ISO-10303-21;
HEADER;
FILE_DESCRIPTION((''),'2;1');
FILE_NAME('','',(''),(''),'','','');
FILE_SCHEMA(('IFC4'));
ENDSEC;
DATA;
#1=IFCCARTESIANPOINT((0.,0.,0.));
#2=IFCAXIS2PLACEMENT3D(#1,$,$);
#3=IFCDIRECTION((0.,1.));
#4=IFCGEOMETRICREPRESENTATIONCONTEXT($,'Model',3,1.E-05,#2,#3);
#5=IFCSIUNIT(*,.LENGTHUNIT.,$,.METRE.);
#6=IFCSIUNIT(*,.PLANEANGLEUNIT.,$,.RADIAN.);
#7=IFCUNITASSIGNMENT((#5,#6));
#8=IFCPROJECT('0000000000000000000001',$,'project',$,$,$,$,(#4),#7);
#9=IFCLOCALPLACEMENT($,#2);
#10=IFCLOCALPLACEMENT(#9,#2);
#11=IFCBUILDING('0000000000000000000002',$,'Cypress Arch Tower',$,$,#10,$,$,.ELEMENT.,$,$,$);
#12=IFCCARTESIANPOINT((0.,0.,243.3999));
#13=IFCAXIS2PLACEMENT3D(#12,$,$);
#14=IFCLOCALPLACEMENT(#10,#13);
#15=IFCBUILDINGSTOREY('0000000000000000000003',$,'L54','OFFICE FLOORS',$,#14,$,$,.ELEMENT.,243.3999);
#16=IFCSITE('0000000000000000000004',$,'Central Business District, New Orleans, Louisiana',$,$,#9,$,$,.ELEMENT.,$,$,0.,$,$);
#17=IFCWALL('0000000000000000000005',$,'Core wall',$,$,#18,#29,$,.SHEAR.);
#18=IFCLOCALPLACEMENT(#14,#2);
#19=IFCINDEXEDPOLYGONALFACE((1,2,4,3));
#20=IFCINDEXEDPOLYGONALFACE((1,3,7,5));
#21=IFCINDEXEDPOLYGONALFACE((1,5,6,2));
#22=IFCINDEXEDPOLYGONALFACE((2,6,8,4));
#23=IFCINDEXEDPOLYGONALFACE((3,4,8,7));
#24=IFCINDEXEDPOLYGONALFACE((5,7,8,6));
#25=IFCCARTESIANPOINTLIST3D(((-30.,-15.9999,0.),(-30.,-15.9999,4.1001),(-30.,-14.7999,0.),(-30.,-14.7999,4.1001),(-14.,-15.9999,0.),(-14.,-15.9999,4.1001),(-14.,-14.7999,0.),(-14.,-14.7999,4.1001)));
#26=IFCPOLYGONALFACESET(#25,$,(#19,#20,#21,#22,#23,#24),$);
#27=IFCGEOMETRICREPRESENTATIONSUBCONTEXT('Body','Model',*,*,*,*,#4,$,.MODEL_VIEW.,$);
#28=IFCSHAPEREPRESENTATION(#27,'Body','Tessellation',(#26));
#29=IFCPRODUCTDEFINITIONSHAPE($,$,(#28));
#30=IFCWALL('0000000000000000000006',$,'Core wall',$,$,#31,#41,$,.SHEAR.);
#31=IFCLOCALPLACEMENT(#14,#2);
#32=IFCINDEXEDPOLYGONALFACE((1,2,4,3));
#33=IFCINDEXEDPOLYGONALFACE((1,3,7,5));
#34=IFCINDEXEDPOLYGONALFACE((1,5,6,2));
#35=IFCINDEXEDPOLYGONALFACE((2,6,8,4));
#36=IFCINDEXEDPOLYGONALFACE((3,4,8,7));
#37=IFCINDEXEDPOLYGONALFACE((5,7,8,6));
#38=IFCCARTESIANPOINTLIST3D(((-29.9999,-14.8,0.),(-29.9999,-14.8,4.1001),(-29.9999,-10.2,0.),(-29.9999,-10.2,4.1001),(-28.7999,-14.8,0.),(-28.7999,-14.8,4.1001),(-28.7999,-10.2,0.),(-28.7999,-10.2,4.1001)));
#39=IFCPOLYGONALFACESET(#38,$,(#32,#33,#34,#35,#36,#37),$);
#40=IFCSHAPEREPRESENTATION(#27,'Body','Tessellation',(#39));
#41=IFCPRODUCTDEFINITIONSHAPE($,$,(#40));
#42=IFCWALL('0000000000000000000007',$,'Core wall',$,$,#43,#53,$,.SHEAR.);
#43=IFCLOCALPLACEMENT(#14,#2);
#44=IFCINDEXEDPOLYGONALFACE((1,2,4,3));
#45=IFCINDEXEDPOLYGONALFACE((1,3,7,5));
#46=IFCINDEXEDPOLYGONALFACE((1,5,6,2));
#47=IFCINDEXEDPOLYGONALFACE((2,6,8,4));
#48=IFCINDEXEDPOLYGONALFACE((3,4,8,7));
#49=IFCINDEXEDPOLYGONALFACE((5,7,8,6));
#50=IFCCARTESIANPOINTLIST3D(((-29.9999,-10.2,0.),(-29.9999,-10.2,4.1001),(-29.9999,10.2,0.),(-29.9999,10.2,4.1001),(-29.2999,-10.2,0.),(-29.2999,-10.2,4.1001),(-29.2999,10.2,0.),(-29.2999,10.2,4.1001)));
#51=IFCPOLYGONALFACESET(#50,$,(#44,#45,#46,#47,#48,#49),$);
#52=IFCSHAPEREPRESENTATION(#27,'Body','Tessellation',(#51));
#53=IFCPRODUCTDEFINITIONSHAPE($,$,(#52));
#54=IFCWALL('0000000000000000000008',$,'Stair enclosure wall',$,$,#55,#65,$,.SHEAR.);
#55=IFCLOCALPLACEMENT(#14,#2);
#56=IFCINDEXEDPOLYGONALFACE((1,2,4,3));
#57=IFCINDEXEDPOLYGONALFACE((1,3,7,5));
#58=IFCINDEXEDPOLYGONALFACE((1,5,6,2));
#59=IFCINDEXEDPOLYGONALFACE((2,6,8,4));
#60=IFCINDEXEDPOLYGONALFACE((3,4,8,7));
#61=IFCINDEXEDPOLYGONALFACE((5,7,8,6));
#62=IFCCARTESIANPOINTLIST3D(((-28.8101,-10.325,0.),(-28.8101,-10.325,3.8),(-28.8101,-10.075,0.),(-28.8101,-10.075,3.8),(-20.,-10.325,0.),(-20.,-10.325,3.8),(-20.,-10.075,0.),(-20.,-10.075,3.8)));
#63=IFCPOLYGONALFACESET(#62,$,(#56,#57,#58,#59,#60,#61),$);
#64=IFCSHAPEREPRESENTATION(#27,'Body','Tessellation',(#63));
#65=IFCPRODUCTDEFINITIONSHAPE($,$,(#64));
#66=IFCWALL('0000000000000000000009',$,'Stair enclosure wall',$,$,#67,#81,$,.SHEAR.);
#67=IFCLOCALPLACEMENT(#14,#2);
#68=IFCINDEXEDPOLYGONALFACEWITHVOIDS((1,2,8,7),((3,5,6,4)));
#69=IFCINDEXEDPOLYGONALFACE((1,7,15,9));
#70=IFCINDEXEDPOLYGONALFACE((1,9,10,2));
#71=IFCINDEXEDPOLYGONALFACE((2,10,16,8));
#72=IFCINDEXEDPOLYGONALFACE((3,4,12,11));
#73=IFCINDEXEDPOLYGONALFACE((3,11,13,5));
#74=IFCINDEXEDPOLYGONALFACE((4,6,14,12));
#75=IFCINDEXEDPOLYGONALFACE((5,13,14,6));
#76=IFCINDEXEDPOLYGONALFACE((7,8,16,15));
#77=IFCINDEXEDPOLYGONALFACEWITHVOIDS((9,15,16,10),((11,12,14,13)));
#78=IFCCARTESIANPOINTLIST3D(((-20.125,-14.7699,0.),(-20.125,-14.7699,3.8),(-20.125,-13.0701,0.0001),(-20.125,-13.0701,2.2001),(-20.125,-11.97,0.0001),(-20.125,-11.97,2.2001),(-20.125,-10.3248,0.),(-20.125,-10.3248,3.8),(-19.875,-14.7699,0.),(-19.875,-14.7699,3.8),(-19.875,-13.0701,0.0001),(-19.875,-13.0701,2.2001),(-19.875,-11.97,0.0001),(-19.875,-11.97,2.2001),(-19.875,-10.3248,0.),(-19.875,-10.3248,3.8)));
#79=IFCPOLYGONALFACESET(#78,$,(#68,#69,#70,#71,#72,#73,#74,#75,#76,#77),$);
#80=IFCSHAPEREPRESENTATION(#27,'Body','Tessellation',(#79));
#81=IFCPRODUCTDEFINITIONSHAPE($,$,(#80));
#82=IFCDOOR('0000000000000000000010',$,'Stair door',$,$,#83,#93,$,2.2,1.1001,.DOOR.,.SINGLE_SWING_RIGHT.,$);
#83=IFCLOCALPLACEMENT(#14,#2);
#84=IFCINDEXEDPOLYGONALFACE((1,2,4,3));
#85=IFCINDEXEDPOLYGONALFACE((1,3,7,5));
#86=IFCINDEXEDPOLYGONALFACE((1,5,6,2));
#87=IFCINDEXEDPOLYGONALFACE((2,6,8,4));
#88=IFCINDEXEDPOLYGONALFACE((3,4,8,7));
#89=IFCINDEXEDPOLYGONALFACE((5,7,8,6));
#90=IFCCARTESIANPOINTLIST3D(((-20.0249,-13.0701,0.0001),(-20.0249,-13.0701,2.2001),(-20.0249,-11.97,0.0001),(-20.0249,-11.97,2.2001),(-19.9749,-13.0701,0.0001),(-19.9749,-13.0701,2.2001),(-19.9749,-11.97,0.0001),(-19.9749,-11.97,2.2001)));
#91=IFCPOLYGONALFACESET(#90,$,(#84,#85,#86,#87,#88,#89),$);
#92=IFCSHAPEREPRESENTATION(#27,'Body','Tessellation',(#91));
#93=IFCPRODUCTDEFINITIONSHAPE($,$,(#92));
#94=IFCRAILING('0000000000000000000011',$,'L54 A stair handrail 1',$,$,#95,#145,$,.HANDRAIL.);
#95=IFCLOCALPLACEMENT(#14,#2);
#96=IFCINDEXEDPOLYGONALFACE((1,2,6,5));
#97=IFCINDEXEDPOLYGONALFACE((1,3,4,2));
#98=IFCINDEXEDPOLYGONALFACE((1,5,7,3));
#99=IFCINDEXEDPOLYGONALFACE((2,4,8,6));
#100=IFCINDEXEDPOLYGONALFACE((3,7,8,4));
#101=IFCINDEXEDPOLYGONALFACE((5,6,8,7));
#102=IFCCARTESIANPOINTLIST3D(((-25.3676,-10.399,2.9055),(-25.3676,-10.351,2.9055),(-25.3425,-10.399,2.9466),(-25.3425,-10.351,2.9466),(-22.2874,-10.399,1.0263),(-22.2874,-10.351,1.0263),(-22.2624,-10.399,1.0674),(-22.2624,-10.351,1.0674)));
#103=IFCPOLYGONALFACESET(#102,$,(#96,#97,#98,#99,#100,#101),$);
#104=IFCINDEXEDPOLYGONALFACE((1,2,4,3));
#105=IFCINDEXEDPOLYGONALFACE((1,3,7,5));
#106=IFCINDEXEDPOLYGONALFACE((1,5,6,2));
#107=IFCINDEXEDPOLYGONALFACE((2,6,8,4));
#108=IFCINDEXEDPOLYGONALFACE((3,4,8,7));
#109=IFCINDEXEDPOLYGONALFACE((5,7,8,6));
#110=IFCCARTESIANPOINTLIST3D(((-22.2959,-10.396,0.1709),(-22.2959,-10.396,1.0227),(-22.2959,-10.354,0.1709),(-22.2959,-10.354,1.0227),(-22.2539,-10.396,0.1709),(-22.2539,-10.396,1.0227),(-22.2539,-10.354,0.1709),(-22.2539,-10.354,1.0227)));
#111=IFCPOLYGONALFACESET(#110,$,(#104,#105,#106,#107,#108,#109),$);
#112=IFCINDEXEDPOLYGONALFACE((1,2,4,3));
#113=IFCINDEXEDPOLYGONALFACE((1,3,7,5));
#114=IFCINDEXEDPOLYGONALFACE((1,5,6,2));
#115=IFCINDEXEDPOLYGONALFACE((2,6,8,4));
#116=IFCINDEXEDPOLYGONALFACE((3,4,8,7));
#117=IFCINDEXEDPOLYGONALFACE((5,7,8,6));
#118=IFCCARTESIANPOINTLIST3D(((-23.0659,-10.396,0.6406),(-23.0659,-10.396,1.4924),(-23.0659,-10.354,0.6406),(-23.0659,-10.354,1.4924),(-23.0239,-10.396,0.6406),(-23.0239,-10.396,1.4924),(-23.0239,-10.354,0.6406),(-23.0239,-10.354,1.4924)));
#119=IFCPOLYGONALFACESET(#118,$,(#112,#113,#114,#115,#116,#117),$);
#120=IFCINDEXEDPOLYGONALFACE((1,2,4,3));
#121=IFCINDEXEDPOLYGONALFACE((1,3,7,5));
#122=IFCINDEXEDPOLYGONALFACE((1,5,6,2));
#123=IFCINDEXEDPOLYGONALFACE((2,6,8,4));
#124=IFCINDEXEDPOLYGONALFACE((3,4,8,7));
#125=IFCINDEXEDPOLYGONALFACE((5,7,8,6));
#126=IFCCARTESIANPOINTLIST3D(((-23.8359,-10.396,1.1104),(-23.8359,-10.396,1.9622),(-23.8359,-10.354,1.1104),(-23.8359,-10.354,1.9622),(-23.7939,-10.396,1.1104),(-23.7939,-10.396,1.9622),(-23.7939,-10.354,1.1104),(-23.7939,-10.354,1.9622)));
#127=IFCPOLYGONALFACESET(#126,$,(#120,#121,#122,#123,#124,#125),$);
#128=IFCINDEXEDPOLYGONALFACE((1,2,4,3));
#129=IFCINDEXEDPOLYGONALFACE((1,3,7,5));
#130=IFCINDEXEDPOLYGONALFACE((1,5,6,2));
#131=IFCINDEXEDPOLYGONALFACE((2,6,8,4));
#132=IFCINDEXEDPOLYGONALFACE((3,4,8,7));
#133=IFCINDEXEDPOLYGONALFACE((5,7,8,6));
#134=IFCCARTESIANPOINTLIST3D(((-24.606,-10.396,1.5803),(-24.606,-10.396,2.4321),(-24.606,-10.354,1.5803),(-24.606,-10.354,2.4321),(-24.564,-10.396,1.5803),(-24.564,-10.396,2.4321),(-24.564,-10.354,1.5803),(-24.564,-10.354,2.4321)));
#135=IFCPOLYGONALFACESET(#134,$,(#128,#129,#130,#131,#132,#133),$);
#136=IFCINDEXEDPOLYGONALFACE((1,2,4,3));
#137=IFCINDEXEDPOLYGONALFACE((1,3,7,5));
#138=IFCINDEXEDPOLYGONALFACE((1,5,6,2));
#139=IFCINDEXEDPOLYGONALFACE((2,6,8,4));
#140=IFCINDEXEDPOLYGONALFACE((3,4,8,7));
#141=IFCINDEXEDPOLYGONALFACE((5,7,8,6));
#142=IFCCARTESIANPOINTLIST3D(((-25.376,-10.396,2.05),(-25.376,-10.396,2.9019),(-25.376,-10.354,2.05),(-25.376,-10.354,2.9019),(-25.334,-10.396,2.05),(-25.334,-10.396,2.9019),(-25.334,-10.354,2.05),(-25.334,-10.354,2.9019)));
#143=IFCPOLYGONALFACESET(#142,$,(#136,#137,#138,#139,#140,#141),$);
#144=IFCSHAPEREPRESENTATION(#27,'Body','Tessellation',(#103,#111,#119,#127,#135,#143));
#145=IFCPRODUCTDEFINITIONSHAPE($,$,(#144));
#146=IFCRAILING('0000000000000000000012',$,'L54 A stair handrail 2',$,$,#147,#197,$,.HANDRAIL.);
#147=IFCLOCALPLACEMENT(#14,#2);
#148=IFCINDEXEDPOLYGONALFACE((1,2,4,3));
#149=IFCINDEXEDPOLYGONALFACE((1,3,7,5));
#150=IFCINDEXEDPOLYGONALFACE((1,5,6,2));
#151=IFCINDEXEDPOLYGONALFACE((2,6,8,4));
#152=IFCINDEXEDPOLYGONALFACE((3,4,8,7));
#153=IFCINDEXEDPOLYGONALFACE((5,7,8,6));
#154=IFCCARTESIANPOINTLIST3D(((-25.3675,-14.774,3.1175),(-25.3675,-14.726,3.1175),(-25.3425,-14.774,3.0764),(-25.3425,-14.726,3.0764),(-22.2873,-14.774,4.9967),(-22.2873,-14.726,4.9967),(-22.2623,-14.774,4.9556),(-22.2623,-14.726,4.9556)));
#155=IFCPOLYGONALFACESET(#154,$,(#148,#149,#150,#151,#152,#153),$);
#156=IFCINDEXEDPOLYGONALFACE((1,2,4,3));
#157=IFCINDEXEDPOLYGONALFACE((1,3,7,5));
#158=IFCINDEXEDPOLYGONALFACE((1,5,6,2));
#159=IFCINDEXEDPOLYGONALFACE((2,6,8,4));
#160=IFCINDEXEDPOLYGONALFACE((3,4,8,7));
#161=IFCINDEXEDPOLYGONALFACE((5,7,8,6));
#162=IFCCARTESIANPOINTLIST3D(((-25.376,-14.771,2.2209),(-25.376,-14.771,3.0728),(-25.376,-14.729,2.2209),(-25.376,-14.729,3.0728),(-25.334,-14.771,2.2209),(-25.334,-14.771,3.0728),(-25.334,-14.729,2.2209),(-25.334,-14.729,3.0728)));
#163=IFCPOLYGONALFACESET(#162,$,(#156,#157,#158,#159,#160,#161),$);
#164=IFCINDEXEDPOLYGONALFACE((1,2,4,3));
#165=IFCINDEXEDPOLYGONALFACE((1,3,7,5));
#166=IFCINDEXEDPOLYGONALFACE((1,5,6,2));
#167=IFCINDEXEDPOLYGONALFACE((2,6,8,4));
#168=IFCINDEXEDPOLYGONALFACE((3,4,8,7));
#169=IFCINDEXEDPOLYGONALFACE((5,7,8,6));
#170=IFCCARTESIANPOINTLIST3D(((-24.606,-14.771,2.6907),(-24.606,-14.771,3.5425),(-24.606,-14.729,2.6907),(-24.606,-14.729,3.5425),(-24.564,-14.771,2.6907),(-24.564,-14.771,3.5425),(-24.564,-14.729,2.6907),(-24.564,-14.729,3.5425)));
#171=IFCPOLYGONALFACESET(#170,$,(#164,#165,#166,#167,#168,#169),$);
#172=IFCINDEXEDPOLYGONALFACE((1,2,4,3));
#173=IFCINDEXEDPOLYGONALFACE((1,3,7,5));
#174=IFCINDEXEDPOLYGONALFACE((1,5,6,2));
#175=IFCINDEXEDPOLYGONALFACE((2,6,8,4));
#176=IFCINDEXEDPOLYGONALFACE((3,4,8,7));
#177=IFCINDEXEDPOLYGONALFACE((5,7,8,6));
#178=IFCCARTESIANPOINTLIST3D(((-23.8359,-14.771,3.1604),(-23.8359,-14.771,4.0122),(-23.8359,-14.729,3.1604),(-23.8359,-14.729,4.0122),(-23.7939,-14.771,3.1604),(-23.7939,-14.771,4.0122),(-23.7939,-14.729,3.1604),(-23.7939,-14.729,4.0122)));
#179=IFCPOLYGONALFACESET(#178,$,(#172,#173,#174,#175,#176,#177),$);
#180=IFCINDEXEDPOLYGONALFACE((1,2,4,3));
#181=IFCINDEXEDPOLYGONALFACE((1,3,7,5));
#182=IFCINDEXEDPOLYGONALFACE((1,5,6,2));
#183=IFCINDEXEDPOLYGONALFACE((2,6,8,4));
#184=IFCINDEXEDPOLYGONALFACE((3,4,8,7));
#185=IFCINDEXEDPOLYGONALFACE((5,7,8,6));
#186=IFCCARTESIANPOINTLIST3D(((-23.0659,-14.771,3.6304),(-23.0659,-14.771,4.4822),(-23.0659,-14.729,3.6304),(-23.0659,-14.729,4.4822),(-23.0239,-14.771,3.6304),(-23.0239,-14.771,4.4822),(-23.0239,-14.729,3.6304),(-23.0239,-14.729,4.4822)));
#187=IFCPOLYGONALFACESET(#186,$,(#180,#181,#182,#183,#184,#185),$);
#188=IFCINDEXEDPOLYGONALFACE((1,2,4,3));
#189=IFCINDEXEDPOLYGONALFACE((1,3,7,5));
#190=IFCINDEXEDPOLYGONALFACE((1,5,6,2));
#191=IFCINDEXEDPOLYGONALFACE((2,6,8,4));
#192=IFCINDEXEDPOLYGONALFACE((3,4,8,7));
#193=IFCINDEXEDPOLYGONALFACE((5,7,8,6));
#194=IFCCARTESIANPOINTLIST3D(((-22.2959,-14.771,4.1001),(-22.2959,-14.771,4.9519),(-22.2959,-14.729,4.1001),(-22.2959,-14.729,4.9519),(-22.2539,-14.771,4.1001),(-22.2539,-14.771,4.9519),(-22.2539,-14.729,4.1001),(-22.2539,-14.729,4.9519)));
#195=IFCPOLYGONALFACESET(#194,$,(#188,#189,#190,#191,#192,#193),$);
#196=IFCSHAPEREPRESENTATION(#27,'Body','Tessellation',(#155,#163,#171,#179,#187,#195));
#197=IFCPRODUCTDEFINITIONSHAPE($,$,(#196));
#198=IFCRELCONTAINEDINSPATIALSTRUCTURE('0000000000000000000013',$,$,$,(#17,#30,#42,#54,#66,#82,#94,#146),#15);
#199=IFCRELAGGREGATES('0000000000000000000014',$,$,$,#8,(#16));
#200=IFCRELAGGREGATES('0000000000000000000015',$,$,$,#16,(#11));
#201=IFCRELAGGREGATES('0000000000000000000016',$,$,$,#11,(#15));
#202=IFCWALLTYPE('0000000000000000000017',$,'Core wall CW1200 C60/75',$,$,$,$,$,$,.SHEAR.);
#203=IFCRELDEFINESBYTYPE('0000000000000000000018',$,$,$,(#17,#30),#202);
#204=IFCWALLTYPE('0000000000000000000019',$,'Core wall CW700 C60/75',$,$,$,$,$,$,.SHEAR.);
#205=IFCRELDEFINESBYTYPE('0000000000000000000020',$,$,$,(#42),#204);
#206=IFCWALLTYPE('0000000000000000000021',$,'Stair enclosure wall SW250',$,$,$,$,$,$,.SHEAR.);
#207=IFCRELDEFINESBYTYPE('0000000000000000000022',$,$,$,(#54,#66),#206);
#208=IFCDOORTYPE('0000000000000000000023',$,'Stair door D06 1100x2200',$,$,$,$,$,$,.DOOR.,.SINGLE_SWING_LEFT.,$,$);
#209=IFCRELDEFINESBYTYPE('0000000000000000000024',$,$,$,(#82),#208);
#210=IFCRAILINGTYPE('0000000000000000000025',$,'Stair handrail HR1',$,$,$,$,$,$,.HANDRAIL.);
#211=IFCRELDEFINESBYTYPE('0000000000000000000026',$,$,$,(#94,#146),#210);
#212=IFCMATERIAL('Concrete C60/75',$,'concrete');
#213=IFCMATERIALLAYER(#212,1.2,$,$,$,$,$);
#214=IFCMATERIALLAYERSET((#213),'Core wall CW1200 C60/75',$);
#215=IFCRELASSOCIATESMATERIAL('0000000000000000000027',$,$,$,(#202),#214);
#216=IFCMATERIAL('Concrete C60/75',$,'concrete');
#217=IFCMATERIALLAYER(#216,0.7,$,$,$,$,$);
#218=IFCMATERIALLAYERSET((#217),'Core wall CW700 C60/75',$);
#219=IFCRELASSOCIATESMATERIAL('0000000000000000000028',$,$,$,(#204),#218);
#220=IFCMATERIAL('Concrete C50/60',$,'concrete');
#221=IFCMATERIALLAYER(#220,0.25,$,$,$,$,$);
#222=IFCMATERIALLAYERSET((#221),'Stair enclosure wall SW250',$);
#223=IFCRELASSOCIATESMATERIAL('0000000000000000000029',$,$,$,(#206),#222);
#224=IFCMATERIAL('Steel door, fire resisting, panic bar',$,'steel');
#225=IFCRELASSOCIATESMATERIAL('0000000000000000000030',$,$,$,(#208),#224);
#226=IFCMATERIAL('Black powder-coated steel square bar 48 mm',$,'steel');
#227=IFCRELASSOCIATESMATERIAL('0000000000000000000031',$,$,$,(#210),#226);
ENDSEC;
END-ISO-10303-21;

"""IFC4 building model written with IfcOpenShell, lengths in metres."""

from ifc_helpers import new_model, si_unit, direction, frame, frame_2d, origin, origin_2d, place, context, subcontext, project, spatial, rectangle, extrude, material, layer, layer_set, type_object, element, fill, save


model = new_model("IFC4")

# Units and contexts
model_context = context("Model", 3, precision=1e-05, world=origin(), true_north=direction((0.0, 1.0)))
body_context = subcontext(model_context, "Body", "Model", "MODEL_VIEW")
ifc_project = project(units=[si_unit("LENGTHUNIT", "METRE"), si_unit("PLANEANGLEUNIT", "RADIAN")], contexts=[model_context])

# Site, building, storey
site_placement = place(None, origin())
site = spatial("IfcSite", under=ifc_project, at=site_placement, Name="Central Business District, New Orleans, Louisiana", CompositionType="ELEMENT", RefElevation=0.0)
building_placement = place(site_placement, origin())
building = spatial("IfcBuilding", under=site, at=building_placement, Name="Cypress Arch Tower", CompositionType="ELEMENT")
storey_placement = place(building_placement, frame((0.0, 0.0, 243.3999)))
storey = spatial("IfcBuildingStorey", under=building, at=storey_placement, Name="L54", Description="OFFICE FLOORS", CompositionType="ELEMENT", Elevation=243.3999)

# Walls
ifc_material_1 = material(Name="Concrete C60/75", Category="concrete")
ifc_layer_1 = layer(ifc_material_1, 1.2)
ifc_layer_set_1 = layer_set([ifc_layer_1], Name="Core wall CW1200 C60/75")
wall_type_1 = type_object("IfcWallType", Name="Core wall CW1200 C60/75", PredefinedType="SHEAR", material=ifc_layer_set_1)
wall_1_placement = place(storey_placement, frame((-30.0, -15.3999, 0.0), z_axis=(0.0, 0.0, 1.0), x_axis=(1.0, 0.0, 0.0)))
element("IfcWall", 1, at=wall_1_placement, inside=storey, type_object=wall_type_1, Name="Core wall", PredefinedType="SHEAR", context=body_context, shape_type="SweptSolid", body=[
    extrude(rectangle(XDim=16.0, YDim=1.2, at=frame_2d((8.0, 0.0))), origin(), (0.0, 0.0, 1.0), 4.1001),
])
wall_2_placement = place(storey_placement, frame((-29.3999, -14.8, 0.0), z_axis=(0.0, 0.0, 1.0), x_axis=(0.0, 1.0, 0.0)))
element("IfcWall", 2, at=wall_2_placement, inside=storey, type_object=wall_type_1, Name="Core wall", PredefinedType="SHEAR", context=body_context, shape_type="SweptSolid", body=[
    extrude(rectangle(XDim=4.6001, YDim=1.2, at=frame_2d((2.3, 0.0))), origin(), (0.0, 0.0, 1.0), 4.1001),
])
ifc_material_2 = material(Name="Concrete C60/75", Category="concrete")
ifc_layer_2 = layer(ifc_material_2, 0.7)
ifc_layer_set_2 = layer_set([ifc_layer_2], Name="Core wall CW700 C60/75")
wall_type_2 = type_object("IfcWallType", Name="Core wall CW700 C60/75", PredefinedType="SHEAR", material=ifc_layer_set_2)
wall_3_placement = place(storey_placement, frame((-29.6499, -10.2, 0.0), z_axis=(0.0, 0.0, 1.0), x_axis=(0.0, 1.0, 0.0)))
element("IfcWall", 3, at=wall_3_placement, inside=storey, type_object=wall_type_2, Name="Core wall", PredefinedType="SHEAR", context=body_context, shape_type="SweptSolid", body=[
    extrude(rectangle(XDim=20.3999, YDim=0.7, at=frame_2d((10.2, 0.0))), origin(), (0.0, 0.0, 1.0), 4.1001),
])
ifc_material_3 = material(Name="Concrete C50/60", Category="concrete")
ifc_layer_3 = layer(ifc_material_3, 0.25)
ifc_layer_set_3 = layer_set([ifc_layer_3], Name="Stair enclosure wall SW250")
wall_type_3 = type_object("IfcWallType", Name="Stair enclosure wall SW250", PredefinedType="SHEAR", material=ifc_layer_set_3)
wall_4_placement = place(storey_placement, frame((-28.8101, -10.2, 0.0), z_axis=(0.0, 0.0, 1.0), x_axis=(1.0, 0.0, 0.0)))
element("IfcWall", 4, at=wall_4_placement, inside=storey, type_object=wall_type_3, Name="Stair enclosure wall", PredefinedType="SHEAR", context=body_context, shape_type="SweptSolid", body=[
    extrude(rectangle(XDim=8.8101, YDim=0.25, at=frame_2d((4.405, 0.0))), origin(), (0.0, 0.0, 1.0), 3.8),
])

# Wall, opening, door
wall_5_placement = place(storey_placement, frame((-20.0, -14.77, 0.0), z_axis=(0.0, 0.0, 1.0), x_axis=(0.0, 1.0, 0.0)))
wall_5 = element("IfcWall", 5, at=wall_5_placement, inside=storey, type_object=wall_type_3, Name="Stair enclosure wall", PredefinedType="SHEAR", context=body_context, shape_type="SweptSolid", body=[
    extrude(rectangle(XDim=4.4451, YDim=0.25, at=frame_2d((2.2227, 0.0))), origin(), (0.0, 0.0, 1.0), 3.8),
])
opening_1_placement = place(wall_5_placement, frame((1.7, 0.0, 0.0)))
opening_1 = element("IfcOpeningElement", 6, at=opening_1_placement, cuts=wall_5, PredefinedType="OPENING", context=body_context, shape_type="SweptSolid", body=[
    extrude(rectangle(XDim=1.1001, YDim=2.2, at=frame_2d((0.55, 1.1001))), frame((0.0, 0.135, 0.0), z_axis=(0.0, -1.0, 0.0), x_axis=(1.0, 0.0, 0.0)), (0.0, 0.0, 1.0), 0.27),
])
ifc_material_4 = material(Name="Steel door, fire resisting, panic bar", Category="steel")
door_type = type_object("IfcDoorType", Name="Stair door D06 1100x2200", OperationType="SINGLE_SWING_LEFT", PredefinedType="DOOR", material=ifc_material_4)
door_placement = place(opening_1_placement, origin())
door = element("IfcDoor", 7, at=door_placement, inside=storey, type_object=door_type, Name="Stair door", OperationType="SINGLE_SWING_RIGHT", OverallHeight=2.2, OverallWidth=1.1001, PredefinedType="DOOR", context=body_context, shape_type="SweptSolid", body=[
    extrude(rectangle(XDim=1.1001, YDim=2.2, at=frame_2d((0.55, 1.1001))), frame((0.0, 0.0249, 0.0), z_axis=(0.0, -1.0, 0.0), x_axis=(1.0, 0.0, 0.0)), (0.0, 0.0, 1.0), 0.05),
])
fill(opening_1, door)

# Railings
ifc_material_5 = material(Name="Black powder-coated steel square bar 48 mm", Category="steel")
railing_type_1 = type_object("IfcRailingType", Name="Stair handrail HR1", PredefinedType="HANDRAIL", material=ifc_material_5)
railing_1_placement = place(storey_placement, frame((-22.2749, -10.375, 0.1709)))
element("IfcRailing", 8, at=railing_1_placement, inside=storey, type_object=railing_type_1, Name="L54 A stair handrail 1", PredefinedType="HANDRAIL", context=body_context, shape_type="SweptSolid", body=[
    extrude(rectangle(XDim=0.0481, YDim=0.0481, at=origin_2d()), frame((0.0, 0.0, 0.876), z_axis=(-0.853666, 0.0, 0.52082), x_axis=(0.0, -1.0, 0.0)), (0.0, 0.0, 1.0), 3.6082),
    extrude(rectangle(XDim=0.042, YDim=0.042, at=origin_2d()), origin(), (0.0, 0.0, 1.0), 0.8518),
    extrude(rectangle(XDim=0.042, YDim=0.042, at=origin_2d()), frame((-0.77, 0.0, 0.4697)), (0.0, 0.0, 1.0), 0.8518),
    extrude(rectangle(XDim=0.042, YDim=0.042, at=origin_2d()), frame((-1.54, 0.0, 0.9395)), (0.0, 0.0, 1.0), 0.8518),
    extrude(rectangle(XDim=0.042, YDim=0.042, at=origin_2d()), frame((-2.3101, 0.0, 1.4094)), (0.0, 0.0, 1.0), 0.8518),
    extrude(rectangle(XDim=0.042, YDim=0.042, at=origin_2d()), frame((-3.0801, 0.0, 1.8792)), (0.0, 0.0, 1.0), 0.8518),
])
railing_2_placement = place(storey_placement, frame((-25.355, -14.75, 2.2209)))
element("IfcRailing", 9, at=railing_2_placement, inside=storey, type_object=railing_type_1, Name="L54 A stair handrail 2", PredefinedType="HANDRAIL", context=body_context, shape_type="SweptSolid", body=[
    extrude(rectangle(XDim=0.0481, YDim=0.0481, at=origin_2d()), frame((0.0, 0.0, 0.876), z_axis=(0.853666, 0.0, 0.52082), x_axis=(0.0, 1.0, 0.0)), (0.0, 0.0, 1.0), 3.6082),
    extrude(rectangle(XDim=0.042, YDim=0.042, at=origin_2d()), origin(), (0.0, 0.0, 1.0), 0.8518),
    extrude(rectangle(XDim=0.042, YDim=0.042, at=origin_2d()), frame((0.77, 0.0, 0.4697)), (0.0, 0.0, 1.0), 0.8518),
    extrude(rectangle(XDim=0.042, YDim=0.042, at=origin_2d()), frame((1.54, 0.0, 0.9395)), (0.0, 0.0, 1.0), 0.8518),
    extrude(rectangle(XDim=0.042, YDim=0.042, at=origin_2d()), frame((2.3101, 0.0, 1.4094)), (0.0, 0.0, 1.0), 0.8518),
    extrude(rectangle(XDim=0.042, YDim=0.042, at=origin_2d()), frame((3.0801, 0.0, 1.8792)), (0.0, 0.0, 1.0), 0.8518),
])

save(model, "model.ifc")
